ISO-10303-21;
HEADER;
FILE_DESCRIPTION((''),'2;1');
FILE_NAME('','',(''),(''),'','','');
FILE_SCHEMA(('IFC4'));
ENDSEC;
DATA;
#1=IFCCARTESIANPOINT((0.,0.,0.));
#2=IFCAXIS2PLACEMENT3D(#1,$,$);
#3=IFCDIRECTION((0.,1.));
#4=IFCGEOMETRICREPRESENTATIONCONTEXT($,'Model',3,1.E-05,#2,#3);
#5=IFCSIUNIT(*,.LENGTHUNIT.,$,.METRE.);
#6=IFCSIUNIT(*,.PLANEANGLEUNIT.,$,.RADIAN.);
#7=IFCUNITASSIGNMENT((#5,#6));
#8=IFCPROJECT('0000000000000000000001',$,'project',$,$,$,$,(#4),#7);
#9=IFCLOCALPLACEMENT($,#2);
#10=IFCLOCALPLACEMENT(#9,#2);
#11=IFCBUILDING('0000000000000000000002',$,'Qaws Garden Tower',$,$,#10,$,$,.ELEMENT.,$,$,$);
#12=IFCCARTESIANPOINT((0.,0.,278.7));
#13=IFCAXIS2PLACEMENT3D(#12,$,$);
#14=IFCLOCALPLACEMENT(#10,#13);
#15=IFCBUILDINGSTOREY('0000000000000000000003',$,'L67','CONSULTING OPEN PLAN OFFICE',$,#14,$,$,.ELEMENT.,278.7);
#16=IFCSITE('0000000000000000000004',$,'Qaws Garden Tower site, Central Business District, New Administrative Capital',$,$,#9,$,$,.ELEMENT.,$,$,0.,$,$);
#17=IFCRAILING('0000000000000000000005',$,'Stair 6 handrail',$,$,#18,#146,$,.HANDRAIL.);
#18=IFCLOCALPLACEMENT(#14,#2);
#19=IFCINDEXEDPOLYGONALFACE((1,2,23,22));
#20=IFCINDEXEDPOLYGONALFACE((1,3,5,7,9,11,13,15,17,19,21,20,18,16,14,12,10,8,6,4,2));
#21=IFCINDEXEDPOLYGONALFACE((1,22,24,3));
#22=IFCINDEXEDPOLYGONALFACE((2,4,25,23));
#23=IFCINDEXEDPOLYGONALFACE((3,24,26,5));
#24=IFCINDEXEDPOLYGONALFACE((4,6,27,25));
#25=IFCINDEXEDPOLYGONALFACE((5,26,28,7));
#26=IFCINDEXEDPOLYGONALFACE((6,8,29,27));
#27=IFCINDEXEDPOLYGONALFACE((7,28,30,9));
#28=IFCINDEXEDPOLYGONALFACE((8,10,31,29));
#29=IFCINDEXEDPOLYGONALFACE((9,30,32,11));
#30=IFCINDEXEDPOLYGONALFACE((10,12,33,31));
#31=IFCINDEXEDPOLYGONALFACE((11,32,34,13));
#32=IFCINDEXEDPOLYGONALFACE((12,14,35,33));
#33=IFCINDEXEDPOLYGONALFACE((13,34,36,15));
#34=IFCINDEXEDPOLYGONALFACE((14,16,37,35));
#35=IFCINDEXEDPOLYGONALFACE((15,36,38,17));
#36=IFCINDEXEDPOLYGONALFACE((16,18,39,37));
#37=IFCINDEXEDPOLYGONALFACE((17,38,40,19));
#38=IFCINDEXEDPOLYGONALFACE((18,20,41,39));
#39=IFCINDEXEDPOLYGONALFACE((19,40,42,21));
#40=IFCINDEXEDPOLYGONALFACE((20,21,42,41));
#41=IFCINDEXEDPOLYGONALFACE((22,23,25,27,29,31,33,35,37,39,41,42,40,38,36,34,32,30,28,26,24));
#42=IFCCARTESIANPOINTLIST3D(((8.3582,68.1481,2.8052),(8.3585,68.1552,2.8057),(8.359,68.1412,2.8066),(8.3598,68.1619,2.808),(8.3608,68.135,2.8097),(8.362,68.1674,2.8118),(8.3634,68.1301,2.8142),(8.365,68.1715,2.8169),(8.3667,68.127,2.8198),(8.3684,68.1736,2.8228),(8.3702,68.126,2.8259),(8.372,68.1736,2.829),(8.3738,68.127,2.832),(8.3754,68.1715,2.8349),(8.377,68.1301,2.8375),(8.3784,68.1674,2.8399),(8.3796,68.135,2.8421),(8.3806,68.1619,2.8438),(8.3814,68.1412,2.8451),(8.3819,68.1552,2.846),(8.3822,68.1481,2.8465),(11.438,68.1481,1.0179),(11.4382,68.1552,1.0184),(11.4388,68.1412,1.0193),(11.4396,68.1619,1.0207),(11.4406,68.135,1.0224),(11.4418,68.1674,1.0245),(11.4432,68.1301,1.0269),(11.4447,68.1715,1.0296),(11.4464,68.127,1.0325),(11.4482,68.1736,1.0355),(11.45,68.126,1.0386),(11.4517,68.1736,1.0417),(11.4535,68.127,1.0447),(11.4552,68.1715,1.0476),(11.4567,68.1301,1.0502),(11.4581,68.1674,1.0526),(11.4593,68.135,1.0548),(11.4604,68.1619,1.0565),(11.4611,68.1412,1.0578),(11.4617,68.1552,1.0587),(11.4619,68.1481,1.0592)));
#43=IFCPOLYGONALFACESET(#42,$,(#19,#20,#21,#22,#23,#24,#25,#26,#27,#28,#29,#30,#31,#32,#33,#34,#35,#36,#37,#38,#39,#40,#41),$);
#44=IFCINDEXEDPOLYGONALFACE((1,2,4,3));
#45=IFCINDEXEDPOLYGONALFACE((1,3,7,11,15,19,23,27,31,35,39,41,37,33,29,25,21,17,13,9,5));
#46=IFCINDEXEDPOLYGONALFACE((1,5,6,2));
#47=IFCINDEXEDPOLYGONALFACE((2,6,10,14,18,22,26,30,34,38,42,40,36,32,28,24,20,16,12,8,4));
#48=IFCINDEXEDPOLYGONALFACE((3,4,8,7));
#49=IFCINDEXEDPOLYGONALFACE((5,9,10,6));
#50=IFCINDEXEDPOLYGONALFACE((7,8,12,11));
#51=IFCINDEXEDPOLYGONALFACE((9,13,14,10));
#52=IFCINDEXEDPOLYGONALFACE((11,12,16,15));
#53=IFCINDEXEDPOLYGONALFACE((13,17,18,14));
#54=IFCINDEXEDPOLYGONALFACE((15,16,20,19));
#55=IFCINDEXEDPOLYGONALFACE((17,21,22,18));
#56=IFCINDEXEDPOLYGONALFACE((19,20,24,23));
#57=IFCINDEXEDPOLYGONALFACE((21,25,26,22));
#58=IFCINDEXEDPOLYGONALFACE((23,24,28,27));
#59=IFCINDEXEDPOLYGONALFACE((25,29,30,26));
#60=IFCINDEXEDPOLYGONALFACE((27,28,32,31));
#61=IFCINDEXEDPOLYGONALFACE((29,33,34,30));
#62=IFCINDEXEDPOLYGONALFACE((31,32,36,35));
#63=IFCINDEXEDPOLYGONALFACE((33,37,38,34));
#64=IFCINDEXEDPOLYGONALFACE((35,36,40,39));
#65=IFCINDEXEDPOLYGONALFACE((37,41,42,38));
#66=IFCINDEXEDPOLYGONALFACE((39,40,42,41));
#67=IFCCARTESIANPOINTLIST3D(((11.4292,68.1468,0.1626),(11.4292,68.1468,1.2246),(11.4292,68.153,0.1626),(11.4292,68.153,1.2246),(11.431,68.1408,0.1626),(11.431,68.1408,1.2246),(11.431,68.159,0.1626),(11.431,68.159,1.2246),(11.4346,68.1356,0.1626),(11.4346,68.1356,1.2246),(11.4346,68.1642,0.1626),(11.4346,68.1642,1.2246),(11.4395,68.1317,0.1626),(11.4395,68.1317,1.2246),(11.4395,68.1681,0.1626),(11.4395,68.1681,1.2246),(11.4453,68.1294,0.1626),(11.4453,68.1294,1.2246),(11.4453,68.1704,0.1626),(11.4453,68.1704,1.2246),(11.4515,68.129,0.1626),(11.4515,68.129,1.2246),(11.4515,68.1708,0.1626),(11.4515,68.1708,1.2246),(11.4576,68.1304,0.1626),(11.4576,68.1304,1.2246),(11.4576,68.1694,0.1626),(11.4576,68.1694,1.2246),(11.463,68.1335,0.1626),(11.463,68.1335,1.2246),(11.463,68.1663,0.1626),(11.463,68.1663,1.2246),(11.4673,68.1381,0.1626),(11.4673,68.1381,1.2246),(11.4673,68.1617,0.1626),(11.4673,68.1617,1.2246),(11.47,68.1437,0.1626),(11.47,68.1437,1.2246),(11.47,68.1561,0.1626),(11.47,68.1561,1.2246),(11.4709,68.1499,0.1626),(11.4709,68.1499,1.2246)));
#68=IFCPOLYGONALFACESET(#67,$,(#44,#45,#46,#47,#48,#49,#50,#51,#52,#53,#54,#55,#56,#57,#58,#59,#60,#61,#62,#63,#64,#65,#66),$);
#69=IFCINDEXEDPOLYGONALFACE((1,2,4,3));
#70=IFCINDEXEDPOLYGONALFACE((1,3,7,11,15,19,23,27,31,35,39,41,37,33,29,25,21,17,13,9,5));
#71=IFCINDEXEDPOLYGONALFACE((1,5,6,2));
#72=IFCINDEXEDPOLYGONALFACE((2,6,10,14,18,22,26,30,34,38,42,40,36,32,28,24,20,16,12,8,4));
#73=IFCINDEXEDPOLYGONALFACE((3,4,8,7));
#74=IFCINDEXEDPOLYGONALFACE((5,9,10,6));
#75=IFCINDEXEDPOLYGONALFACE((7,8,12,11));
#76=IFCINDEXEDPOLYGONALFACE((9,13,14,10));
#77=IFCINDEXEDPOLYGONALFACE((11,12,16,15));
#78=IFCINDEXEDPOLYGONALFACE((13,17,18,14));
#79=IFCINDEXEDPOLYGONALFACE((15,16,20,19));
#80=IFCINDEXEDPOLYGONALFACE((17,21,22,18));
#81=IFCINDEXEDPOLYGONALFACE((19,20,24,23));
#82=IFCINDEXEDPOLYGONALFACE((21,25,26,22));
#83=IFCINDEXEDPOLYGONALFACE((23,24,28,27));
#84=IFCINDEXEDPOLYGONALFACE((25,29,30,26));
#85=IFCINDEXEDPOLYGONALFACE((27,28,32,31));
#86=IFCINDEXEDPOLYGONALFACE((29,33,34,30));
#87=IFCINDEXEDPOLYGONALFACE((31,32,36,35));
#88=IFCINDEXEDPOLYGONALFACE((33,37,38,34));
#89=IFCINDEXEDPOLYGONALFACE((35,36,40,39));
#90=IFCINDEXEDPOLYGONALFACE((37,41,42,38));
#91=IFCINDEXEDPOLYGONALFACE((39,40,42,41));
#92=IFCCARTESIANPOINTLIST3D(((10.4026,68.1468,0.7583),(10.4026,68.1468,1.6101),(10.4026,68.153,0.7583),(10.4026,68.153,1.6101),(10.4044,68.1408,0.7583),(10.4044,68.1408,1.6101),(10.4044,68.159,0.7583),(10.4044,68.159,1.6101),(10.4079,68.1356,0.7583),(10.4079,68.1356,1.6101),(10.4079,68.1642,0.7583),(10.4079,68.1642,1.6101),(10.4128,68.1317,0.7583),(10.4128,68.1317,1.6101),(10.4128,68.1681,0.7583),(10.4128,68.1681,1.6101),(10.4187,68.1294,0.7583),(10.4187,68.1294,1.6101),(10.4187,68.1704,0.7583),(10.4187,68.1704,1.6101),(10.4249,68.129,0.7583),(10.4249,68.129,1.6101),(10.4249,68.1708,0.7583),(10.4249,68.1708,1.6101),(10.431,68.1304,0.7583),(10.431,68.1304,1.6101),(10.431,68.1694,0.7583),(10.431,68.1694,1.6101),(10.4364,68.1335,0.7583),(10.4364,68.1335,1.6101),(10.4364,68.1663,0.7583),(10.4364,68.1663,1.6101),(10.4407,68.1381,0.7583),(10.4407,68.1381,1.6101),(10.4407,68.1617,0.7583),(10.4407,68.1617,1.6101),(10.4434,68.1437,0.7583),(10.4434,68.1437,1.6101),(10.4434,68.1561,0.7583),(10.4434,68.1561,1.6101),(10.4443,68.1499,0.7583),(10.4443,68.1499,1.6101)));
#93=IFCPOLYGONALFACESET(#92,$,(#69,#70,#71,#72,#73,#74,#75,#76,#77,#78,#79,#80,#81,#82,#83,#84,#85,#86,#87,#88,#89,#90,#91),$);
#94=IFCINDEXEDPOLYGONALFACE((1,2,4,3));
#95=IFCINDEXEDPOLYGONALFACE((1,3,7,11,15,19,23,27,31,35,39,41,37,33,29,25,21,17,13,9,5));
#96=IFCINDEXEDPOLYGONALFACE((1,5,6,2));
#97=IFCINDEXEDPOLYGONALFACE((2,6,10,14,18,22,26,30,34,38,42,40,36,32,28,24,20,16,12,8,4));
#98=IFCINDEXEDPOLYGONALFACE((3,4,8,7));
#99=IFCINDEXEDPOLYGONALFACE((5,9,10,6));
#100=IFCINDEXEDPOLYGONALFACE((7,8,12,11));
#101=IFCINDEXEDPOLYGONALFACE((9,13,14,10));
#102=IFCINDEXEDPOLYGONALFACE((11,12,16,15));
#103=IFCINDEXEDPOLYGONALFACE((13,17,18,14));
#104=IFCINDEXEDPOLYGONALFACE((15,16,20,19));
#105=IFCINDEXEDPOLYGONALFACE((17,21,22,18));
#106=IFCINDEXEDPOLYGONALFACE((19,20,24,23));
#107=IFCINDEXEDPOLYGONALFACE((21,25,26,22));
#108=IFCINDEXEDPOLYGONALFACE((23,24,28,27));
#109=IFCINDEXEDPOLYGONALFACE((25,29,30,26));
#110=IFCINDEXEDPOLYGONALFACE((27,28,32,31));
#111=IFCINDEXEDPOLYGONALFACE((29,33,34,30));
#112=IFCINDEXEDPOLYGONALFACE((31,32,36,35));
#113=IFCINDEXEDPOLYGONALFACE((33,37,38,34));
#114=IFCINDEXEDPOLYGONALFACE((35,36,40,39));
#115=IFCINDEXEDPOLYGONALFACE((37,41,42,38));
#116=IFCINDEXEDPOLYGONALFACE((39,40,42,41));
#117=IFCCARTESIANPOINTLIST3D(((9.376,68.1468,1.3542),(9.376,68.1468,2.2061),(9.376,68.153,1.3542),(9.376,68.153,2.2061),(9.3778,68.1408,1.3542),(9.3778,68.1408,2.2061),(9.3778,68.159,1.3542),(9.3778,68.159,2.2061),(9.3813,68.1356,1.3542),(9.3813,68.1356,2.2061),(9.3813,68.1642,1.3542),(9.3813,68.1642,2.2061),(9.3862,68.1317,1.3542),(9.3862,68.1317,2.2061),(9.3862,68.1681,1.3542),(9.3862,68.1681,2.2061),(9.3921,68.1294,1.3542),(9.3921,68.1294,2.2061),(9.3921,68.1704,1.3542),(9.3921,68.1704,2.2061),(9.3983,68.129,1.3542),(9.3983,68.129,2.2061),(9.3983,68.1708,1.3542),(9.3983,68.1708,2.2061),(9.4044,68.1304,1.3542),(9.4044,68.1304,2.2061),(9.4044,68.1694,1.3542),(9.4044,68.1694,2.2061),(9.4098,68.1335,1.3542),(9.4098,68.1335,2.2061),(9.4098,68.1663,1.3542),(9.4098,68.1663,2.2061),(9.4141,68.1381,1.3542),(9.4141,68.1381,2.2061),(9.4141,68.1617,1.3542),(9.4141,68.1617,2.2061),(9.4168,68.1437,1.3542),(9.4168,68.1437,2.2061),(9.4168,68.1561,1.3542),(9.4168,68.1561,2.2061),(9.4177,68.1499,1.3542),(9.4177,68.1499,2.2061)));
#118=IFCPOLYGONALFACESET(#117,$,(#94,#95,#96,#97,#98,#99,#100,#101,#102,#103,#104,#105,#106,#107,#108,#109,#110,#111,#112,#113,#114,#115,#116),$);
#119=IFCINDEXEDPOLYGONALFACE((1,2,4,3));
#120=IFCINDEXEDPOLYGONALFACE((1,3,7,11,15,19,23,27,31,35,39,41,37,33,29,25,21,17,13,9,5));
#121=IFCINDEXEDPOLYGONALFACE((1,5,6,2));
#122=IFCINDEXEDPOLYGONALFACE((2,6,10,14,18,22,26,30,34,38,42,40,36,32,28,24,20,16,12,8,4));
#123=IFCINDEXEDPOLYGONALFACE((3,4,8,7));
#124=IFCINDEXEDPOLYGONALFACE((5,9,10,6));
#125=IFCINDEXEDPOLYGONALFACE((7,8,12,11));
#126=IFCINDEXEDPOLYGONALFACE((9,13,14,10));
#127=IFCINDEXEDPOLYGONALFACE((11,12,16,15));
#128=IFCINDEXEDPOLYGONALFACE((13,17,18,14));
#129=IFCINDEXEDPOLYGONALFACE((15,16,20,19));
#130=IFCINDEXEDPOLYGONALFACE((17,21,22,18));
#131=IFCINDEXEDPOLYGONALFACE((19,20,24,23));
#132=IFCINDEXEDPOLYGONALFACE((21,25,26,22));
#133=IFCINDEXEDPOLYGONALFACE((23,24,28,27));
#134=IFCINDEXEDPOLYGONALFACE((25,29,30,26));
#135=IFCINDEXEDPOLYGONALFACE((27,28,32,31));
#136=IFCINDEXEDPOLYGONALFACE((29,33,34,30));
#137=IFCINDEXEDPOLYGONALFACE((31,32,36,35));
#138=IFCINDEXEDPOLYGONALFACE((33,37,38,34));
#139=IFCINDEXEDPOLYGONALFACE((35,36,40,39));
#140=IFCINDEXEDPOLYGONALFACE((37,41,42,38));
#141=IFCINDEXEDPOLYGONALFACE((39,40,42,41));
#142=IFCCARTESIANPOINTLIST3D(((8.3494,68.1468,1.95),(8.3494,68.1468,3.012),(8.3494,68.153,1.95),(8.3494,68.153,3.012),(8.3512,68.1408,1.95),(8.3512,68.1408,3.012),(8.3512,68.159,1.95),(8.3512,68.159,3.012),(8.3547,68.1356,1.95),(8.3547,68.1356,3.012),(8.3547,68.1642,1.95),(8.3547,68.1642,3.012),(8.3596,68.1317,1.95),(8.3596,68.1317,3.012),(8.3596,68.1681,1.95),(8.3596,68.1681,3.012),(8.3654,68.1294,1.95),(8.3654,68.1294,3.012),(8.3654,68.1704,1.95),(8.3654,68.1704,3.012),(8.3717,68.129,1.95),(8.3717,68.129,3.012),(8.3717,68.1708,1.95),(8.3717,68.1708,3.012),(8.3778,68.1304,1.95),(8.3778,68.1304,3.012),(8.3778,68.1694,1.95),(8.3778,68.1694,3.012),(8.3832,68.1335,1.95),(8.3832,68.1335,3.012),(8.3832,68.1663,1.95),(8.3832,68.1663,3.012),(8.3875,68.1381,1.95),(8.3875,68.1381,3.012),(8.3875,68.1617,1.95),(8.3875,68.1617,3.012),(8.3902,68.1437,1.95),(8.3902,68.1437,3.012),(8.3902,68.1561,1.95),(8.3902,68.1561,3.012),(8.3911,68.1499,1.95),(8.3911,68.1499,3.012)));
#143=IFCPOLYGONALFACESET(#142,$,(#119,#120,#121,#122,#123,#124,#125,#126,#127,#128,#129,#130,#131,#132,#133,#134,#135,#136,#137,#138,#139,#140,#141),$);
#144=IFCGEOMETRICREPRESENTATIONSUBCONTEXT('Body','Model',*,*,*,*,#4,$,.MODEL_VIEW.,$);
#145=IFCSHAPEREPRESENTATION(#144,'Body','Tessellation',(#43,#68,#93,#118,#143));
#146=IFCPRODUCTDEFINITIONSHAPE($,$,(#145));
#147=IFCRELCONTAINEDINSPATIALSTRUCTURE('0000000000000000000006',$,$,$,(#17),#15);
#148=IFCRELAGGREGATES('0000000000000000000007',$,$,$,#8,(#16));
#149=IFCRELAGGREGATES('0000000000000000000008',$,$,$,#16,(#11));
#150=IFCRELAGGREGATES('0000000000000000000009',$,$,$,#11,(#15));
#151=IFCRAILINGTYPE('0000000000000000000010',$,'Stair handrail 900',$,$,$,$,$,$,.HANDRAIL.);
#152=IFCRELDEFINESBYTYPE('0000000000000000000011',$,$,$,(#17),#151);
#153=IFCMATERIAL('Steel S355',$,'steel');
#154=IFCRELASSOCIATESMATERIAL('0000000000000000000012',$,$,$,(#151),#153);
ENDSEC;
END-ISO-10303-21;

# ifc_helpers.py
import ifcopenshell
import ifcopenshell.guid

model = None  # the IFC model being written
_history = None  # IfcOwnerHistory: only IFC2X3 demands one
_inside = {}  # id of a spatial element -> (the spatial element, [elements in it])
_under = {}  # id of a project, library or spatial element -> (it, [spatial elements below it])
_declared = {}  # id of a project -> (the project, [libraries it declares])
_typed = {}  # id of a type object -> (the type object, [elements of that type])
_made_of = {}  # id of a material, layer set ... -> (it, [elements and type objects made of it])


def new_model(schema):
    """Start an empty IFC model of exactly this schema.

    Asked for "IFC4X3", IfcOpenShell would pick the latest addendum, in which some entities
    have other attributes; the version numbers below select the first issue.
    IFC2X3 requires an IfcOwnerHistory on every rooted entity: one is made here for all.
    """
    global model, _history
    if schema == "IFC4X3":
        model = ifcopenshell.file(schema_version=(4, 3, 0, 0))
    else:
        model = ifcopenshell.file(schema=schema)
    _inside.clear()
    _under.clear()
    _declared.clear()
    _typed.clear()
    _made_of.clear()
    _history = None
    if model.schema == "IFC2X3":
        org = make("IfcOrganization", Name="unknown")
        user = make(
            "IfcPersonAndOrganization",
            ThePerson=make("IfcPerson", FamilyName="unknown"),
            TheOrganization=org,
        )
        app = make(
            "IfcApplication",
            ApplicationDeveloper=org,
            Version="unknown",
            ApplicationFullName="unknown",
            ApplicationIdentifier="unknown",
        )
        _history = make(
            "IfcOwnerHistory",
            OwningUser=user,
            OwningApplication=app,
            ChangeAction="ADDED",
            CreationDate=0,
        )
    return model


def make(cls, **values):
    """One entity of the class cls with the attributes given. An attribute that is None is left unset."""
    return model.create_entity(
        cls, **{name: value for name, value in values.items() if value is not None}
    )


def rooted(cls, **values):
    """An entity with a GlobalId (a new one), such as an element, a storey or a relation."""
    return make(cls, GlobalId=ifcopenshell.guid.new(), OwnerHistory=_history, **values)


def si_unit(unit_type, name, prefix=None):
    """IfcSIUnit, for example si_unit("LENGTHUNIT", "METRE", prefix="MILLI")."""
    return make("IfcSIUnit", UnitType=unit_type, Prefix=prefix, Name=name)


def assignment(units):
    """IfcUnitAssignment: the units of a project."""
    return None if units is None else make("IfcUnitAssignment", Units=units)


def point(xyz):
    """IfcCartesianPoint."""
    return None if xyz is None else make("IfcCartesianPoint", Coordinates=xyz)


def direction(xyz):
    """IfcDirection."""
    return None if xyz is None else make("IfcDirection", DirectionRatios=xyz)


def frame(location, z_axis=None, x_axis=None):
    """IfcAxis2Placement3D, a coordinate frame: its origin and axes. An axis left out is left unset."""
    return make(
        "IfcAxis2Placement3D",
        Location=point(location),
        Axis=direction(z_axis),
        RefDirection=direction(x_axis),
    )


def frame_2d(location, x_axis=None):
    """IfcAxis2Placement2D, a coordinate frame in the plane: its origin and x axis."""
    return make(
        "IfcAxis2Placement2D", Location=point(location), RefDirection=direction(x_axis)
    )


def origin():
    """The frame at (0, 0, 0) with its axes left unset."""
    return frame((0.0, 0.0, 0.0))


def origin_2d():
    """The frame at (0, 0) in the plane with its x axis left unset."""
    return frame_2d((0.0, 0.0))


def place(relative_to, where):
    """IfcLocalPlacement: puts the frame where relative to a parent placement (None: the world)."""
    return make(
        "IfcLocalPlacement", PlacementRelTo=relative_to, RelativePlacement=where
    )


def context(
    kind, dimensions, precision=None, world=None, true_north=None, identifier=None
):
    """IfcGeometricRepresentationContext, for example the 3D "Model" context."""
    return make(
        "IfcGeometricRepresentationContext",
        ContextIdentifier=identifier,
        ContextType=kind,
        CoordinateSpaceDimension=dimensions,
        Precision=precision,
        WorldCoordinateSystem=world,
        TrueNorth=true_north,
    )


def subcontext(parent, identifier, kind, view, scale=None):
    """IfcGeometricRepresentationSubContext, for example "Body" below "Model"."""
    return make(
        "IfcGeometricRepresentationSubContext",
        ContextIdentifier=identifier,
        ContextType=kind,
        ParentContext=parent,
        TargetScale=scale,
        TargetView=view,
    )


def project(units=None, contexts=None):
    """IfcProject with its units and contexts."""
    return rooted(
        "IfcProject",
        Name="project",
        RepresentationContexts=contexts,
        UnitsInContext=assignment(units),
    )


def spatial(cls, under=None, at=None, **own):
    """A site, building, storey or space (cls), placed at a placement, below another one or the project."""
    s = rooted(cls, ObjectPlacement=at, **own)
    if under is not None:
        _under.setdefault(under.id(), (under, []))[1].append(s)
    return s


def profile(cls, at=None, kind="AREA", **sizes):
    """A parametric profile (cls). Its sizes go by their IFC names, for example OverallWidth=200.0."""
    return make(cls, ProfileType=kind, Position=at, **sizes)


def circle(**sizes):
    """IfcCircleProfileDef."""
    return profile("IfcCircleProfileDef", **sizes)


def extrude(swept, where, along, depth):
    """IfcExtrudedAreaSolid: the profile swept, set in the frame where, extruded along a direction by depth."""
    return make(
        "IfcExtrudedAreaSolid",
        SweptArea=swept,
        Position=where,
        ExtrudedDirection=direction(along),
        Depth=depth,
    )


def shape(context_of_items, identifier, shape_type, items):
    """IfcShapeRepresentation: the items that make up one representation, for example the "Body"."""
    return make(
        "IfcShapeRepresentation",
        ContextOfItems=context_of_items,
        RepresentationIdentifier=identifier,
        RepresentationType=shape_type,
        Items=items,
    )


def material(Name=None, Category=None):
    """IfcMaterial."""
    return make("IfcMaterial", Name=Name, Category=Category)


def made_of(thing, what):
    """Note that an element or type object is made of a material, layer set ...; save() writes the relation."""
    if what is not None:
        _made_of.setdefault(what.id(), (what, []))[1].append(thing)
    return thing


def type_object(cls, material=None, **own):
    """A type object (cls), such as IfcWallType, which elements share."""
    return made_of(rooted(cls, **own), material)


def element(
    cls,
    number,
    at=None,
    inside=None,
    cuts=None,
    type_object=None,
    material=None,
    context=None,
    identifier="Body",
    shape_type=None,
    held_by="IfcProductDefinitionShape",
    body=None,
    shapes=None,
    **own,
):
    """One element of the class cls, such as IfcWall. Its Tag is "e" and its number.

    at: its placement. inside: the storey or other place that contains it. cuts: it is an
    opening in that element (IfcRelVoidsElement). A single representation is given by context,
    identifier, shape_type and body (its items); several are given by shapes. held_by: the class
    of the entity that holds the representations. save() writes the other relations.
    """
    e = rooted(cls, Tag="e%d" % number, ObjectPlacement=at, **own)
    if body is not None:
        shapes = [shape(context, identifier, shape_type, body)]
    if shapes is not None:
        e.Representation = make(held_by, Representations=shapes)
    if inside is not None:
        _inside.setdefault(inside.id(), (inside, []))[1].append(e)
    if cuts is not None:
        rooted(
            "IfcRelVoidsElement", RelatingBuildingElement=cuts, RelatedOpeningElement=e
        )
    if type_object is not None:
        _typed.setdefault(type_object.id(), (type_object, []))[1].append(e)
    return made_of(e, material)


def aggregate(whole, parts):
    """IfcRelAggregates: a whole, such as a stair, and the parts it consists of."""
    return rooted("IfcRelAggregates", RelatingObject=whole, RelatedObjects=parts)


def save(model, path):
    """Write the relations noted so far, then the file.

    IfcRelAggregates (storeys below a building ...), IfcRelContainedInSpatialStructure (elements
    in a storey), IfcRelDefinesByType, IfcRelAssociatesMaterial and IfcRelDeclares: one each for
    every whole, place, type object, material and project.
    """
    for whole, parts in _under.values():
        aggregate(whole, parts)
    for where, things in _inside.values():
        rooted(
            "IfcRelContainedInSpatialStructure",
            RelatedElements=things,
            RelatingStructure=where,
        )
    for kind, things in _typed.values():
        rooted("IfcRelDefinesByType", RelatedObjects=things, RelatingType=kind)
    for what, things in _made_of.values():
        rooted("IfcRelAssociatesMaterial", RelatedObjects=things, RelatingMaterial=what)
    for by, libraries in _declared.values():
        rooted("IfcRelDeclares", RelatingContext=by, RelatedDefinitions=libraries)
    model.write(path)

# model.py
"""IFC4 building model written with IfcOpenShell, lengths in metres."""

from ifc_helpers import new_model, si_unit, direction, frame, origin, origin_2d, place, context, subcontext, project, spatial, circle, extrude, material, type_object, element, save


model = new_model("IFC4")

# Units and contexts
model_context = context("Model", 3, precision=1e-05, world=origin(), true_north=direction((0.0, 1.0)))
body_context = subcontext(model_context, "Body", "Model", "MODEL_VIEW")
ifc_project = project(units=[si_unit("LENGTHUNIT", "METRE"), si_unit("PLANEANGLEUNIT", "RADIAN")], contexts=[model_context])

# Site, building, storey
site_placement = place(None, origin())
site = spatial("IfcSite", under=ifc_project, at=site_placement, Name="Qaws Garden Tower site, Central Business District, New Administrative Capital", CompositionType="ELEMENT", RefElevation=0.0)
building_placement = place(site_placement, origin())
building = spatial("IfcBuilding", under=site, at=building_placement, Name="Qaws Garden Tower", CompositionType="ELEMENT")
storey_placement = place(building_placement, frame((0.0, 0.0, 278.7)))
storey = spatial("IfcBuildingStorey", under=building, at=storey_placement, Name="L67", Description="CONSULTING OPEN PLAN OFFICE", CompositionType="ELEMENT", Elevation=278.7)

# Railing
ifc_material_1 = material(Name="Steel S355", Category="steel")
railing_type = type_object("IfcRailingType", Name="Stair handrail 900", PredefinedType="HANDRAIL", material=ifc_material_1)
railing_1_placement = place(storey_placement, frame((11.45, 68.1499, 0.1626)))
element("IfcRailing", 1, at=railing_1_placement, inside=storey, type_object=railing_type, Name="Stair 6 handrail", PredefinedType="HANDRAIL", context=body_context, shape_type="SweptSolid", body=[
    extrude(circle(Radius=0.0239, at=origin_2d()), frame((0.0, 0.0, 0.876), z_axis=(-0.864903, 0.0, 0.501939), x_axis=(0.0, -1.0, 0.0)), (0.0, 0.0, 1.0), 3.5608),
    extrude(circle(Radius=0.021, at=origin_2d()), origin(), (0.0, 0.0, 1.0), 1.062),
    extrude(circle(Radius=0.021, at=origin_2d()), frame((-1.0266, 0.0, 0.5957)), (0.0, 0.0, 1.0), 0.8518),
    extrude(circle(Radius=0.021, at=origin_2d()), frame((-2.0532, 0.0, 1.1917)), (0.0, 0.0, 1.0), 0.8518),
    extrude(circle(Radius=0.021, at=origin_2d()), frame((-3.0798, 0.0, 1.7874)), (0.0, 0.0, 1.0), 1.062),
])

save(model, "model.ifc")
